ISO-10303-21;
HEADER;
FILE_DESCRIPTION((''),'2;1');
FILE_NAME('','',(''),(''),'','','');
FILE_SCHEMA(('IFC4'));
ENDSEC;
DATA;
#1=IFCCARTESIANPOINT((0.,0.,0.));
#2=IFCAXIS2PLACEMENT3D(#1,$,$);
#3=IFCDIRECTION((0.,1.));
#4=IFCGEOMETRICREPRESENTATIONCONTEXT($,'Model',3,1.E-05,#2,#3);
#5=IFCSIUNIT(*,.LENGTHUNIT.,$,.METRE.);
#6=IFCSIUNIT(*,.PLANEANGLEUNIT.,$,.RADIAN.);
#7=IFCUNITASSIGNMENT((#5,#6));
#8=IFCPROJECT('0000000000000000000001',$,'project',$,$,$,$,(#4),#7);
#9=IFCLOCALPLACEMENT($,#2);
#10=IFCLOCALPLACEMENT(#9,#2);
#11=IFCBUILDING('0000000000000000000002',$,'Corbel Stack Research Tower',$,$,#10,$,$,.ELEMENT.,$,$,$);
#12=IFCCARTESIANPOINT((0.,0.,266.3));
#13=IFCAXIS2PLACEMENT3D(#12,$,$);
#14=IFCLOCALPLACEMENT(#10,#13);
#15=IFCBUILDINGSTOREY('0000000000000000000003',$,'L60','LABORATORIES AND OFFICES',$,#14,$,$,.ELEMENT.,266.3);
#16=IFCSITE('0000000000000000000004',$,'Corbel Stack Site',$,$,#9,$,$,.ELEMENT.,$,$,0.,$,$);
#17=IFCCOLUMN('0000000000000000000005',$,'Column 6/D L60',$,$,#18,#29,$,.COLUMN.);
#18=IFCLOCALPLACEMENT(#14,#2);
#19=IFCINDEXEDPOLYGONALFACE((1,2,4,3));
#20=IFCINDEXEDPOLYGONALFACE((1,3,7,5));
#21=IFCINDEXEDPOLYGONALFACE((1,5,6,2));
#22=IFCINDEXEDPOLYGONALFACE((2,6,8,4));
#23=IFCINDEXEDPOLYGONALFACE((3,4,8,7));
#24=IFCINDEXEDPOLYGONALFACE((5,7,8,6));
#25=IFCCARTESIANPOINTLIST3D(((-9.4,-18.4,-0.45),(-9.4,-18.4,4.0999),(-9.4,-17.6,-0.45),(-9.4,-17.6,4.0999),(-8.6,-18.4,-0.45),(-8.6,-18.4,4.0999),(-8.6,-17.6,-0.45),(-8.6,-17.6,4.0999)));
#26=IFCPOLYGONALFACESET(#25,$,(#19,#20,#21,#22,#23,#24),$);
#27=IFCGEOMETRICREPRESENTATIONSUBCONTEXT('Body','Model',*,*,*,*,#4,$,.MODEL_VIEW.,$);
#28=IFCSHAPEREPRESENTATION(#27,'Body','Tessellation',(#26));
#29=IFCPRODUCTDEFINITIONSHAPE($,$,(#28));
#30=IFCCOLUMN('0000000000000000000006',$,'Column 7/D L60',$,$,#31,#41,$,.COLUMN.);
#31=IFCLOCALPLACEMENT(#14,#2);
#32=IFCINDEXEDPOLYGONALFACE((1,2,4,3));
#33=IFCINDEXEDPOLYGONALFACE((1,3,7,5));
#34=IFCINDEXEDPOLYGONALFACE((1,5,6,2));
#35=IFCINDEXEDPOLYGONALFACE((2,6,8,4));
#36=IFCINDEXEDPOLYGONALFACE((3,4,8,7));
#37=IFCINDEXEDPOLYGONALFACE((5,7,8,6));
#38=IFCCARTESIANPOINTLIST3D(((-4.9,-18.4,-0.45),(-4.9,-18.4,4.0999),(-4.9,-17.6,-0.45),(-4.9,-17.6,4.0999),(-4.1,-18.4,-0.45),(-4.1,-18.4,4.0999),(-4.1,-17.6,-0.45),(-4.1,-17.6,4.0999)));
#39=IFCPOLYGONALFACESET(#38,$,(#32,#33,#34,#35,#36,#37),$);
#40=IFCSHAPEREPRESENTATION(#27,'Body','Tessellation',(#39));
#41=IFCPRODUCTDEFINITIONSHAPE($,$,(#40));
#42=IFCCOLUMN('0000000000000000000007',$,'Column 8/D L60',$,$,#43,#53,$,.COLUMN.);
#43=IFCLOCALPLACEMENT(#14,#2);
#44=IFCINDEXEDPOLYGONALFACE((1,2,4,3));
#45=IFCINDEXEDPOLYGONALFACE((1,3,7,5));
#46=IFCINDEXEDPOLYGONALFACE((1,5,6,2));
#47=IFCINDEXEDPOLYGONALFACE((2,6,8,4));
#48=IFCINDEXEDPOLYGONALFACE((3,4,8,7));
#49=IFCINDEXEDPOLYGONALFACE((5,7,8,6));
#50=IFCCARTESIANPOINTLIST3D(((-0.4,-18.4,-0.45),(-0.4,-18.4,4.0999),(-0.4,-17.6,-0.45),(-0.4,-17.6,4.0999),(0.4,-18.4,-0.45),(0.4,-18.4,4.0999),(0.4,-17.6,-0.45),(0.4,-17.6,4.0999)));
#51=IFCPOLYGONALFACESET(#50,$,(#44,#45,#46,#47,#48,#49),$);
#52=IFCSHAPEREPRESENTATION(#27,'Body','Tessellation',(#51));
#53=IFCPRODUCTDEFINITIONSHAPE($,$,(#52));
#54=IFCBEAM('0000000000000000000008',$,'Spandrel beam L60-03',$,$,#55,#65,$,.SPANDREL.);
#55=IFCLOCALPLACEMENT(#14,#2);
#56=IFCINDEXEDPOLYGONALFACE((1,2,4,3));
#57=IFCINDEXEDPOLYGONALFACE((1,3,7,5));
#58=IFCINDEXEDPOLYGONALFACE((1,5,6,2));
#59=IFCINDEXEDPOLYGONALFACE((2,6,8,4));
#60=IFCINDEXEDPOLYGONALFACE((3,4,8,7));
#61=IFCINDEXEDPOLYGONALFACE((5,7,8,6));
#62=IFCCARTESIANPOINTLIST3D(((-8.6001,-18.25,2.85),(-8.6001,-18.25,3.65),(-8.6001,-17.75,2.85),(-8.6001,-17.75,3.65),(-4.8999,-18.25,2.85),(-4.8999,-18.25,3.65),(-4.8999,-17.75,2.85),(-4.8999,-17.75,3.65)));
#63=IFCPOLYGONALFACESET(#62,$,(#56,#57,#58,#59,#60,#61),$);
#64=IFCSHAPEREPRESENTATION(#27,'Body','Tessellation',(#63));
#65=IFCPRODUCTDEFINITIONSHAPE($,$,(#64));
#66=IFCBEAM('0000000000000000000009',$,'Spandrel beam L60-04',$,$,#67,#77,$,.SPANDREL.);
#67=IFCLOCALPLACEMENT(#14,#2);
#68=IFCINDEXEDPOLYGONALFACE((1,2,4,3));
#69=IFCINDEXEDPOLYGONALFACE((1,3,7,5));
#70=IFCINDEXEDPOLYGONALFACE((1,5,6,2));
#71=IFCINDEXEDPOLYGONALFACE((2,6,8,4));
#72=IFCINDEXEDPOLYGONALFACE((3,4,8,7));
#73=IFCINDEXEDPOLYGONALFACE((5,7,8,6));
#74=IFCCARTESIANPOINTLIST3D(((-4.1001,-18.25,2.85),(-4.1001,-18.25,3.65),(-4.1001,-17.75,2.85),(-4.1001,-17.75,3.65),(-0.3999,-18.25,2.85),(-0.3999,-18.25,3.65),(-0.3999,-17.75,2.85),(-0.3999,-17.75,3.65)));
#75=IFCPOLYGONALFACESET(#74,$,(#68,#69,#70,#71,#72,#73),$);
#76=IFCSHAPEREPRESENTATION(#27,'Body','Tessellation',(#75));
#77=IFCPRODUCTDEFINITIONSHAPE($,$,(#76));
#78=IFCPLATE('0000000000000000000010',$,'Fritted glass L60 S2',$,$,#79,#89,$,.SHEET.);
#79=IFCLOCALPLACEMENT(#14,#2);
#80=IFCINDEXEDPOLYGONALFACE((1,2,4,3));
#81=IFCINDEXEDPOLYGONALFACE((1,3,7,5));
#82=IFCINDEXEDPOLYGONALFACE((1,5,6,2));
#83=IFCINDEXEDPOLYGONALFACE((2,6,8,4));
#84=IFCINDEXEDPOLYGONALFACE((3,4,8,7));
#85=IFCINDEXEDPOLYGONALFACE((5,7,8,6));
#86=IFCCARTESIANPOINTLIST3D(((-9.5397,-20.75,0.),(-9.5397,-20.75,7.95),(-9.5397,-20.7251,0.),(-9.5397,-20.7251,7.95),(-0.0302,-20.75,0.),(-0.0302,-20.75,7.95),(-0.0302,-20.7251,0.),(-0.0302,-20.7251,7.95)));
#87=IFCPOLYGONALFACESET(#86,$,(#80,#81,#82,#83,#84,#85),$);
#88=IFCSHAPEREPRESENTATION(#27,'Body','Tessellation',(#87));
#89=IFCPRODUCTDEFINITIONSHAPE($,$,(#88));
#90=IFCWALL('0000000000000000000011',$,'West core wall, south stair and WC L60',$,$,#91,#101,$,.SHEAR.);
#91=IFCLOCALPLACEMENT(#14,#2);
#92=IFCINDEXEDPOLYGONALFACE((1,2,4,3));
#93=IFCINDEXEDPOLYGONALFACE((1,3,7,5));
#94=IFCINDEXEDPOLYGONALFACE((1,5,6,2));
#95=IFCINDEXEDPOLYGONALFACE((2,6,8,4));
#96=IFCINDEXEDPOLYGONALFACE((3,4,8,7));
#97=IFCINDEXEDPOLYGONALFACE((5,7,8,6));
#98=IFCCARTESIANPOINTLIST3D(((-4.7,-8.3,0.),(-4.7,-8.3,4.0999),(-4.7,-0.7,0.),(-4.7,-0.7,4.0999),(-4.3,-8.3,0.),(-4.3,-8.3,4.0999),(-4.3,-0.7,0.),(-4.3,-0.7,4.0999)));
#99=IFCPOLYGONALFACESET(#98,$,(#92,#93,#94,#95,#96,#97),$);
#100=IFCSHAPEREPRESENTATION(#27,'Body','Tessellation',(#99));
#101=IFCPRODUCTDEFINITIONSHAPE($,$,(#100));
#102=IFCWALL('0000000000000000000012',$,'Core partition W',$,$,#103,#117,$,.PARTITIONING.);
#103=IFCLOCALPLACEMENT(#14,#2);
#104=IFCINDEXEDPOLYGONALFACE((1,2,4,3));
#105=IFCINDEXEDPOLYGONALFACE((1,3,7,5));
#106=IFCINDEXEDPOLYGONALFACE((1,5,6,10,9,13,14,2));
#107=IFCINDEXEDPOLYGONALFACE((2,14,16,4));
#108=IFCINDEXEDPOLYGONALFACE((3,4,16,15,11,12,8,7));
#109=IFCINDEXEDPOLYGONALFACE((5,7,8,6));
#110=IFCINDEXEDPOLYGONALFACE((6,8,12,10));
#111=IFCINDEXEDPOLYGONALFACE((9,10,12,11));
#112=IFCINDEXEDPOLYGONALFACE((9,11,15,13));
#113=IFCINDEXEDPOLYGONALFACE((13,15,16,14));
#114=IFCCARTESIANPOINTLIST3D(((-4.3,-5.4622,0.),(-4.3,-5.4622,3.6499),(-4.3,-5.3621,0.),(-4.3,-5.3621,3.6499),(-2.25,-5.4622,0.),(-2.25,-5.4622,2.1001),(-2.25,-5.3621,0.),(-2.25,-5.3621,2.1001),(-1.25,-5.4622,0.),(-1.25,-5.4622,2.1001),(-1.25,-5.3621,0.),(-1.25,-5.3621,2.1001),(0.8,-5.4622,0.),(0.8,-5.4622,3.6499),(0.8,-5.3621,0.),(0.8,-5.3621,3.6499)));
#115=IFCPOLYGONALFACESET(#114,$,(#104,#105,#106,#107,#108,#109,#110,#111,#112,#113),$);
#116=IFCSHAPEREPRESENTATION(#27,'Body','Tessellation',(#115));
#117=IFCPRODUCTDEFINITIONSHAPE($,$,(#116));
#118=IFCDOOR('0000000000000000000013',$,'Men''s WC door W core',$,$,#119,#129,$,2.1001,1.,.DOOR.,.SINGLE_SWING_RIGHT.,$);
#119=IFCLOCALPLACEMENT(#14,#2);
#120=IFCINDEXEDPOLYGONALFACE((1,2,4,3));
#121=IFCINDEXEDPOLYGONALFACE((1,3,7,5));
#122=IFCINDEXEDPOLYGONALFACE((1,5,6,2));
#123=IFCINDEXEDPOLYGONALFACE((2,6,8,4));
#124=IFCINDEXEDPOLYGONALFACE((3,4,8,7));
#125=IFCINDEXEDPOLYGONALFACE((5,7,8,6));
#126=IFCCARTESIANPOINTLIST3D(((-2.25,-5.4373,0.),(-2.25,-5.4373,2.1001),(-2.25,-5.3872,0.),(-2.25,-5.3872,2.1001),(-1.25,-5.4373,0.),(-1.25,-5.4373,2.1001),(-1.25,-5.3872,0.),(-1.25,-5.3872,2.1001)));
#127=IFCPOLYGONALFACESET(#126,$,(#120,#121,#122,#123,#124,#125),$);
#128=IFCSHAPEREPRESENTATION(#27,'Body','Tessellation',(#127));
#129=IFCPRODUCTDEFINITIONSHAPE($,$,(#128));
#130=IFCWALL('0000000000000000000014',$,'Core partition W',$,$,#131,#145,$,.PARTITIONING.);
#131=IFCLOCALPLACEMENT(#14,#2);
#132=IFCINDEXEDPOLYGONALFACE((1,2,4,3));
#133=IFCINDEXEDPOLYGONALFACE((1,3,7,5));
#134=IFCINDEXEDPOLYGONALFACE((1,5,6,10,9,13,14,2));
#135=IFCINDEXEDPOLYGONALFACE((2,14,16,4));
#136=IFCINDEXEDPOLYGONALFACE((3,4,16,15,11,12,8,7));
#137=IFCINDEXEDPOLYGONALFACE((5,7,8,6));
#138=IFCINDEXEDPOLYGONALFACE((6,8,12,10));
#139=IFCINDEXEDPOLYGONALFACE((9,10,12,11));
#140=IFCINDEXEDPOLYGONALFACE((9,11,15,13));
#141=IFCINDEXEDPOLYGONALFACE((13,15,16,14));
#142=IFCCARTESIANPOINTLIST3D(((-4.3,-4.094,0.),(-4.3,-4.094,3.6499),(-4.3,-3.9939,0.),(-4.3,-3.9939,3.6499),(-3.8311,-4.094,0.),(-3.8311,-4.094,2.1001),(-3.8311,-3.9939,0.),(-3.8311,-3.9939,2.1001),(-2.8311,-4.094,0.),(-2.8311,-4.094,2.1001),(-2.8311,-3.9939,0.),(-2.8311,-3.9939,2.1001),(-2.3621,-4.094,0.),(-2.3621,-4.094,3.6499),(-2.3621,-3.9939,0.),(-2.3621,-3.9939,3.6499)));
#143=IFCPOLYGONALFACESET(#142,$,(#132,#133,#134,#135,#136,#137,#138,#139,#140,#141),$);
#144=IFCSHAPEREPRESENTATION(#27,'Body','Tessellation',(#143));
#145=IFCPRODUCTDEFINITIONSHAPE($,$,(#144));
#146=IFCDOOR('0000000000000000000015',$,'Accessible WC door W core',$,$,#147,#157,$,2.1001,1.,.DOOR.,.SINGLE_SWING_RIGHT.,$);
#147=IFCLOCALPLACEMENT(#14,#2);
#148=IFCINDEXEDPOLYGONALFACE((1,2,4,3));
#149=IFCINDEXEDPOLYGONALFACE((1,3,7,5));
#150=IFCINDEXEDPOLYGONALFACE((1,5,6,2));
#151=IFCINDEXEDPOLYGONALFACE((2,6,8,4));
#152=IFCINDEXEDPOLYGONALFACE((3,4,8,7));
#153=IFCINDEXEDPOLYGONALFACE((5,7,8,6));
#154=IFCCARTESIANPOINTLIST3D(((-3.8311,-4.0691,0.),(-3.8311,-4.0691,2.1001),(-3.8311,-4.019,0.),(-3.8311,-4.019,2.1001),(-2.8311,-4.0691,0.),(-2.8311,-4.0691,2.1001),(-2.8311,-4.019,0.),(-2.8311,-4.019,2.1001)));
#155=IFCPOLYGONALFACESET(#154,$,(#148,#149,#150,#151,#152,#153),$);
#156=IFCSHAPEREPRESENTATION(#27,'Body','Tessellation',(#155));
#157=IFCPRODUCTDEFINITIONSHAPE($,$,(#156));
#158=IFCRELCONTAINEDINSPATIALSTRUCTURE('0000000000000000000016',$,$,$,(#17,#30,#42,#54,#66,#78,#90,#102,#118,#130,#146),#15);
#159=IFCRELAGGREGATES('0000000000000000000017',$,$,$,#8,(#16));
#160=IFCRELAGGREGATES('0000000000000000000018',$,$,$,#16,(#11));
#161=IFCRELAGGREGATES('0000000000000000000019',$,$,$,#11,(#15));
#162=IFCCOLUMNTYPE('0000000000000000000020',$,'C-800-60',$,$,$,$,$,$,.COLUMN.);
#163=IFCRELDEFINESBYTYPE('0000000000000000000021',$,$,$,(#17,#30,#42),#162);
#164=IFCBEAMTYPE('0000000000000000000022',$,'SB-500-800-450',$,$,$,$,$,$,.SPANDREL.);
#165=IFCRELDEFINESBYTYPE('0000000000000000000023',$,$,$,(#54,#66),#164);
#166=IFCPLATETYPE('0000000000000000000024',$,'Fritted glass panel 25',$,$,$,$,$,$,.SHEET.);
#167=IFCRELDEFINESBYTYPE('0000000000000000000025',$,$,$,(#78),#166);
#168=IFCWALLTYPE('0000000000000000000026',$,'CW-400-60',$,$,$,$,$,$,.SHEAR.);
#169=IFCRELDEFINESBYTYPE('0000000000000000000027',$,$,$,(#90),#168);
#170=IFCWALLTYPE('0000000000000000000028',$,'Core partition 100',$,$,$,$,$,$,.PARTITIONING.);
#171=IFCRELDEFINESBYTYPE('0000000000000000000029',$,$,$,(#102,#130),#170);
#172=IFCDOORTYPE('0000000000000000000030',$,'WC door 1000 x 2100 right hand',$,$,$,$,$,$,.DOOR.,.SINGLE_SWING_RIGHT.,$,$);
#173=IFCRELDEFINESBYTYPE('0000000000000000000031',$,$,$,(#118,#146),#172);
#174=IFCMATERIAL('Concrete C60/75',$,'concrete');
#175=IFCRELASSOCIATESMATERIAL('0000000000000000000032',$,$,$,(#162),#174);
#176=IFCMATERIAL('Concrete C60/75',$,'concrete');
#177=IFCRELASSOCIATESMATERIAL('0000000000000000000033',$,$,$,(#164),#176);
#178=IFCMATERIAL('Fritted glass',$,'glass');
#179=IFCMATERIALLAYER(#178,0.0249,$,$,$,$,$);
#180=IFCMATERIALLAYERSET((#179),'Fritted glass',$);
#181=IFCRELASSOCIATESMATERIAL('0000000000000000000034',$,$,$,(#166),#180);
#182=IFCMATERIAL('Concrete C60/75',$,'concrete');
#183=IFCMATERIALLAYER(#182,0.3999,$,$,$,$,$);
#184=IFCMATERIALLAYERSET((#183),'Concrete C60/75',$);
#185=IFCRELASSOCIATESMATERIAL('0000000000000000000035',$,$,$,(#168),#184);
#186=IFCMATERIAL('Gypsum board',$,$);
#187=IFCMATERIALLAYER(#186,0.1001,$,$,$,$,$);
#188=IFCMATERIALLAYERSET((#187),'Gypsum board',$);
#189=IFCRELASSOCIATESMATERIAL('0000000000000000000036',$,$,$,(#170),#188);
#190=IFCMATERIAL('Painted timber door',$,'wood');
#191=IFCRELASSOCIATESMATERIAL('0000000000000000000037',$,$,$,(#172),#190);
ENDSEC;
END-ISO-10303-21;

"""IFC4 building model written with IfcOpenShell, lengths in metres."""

from ifc_helpers import new_model, si_unit, direction, frame, frame_2d, origin, origin_2d, place, context, subcontext, project, spatial, rectangle, extrude, material, layer, layer_set, material_profile, profile_set, type_object, element, fill, save


model = new_model("IFC4")

# Units and contexts
model_context = context("Model", 3, precision=1e-05, world=origin(), true_north=direction((0.0, 1.0)))
body_context = subcontext(model_context, "Body", "Model", "MODEL_VIEW")
ifc_project = project(units=[si_unit("LENGTHUNIT", "METRE"), si_unit("PLANEANGLEUNIT", "RADIAN")], contexts=[model_context])

# Site, building, storey
site_placement = place(None, origin())
site = spatial("IfcSite", under=ifc_project, at=site_placement, Name="Corbel Stack Site", CompositionType="ELEMENT", RefElevation=0.0)
building_placement = place(site_placement, origin())
building = spatial("IfcBuilding", under=site, at=building_placement, Name="Corbel Stack Research Tower", CompositionType="ELEMENT")
storey_placement = place(building_placement, frame((0.0, 0.0, 266.3)))
storey = spatial("IfcBuildingStorey", under=building, at=storey_placement, Name="L60", Description="LABORATORIES AND OFFICES", CompositionType="ELEMENT", Elevation=266.3)

# Columns
ifc_material_1 = material(Name="Concrete C60/75", Category="concrete")
ifc_material_profile_1 = material_profile(ifc_material_1, rectangle(XDim=0.8, YDim=0.8, at=origin_2d()), Name="RC 800 x 800")
ifc_profile_set_1 = profile_set([ifc_material_profile_1], Name="Concrete C60/75")
column_type = type_object("IfcColumnType", Name="C-800-60", PredefinedType="COLUMN", material=ifc_profile_set_1)
for number, where, z_axis, x_axis, name in (
    (1, (-9.0, -18.0, -0.45), (0.0, 0.0, 1.0), (1.0, 0.0, 0.0), "Column 6/D L60"),
    (2, (-4.5, -18.0, -0.45), (0.0, 0.0, 1.0), (1.0, 0.0, 0.0), "Column 7/D L60"),
    (3, (0.0, -18.0, -0.45), (0.0, 0.0, 1.0), (1.0, 0.0, 0.0), "Column 8/D L60"),
):
    element("IfcColumn", number, at=place(storey_placement, frame(where, z_axis=z_axis, x_axis=x_axis)), inside=storey, type_object=column_type, Name=name, PredefinedType="COLUMN", context=body_context, shape_type="SweptSolid", body=[
        extrude(rectangle(XDim=0.8, YDim=0.8, at=origin_2d()), origin(), (0.0, 0.0, 1.0), 4.5498),
    ])

# Beams
ifc_material_2 = material(Name="Concrete C60/75", Category="concrete")
ifc_material_profile_2 = material_profile(ifc_material_2, rectangle(XDim=0.5, YDim=0.8, at=origin_2d()), Name="RC 500 x 800")
ifc_profile_set_2 = profile_set([ifc_material_profile_2], Name="Concrete C60/75")
beam_type = type_object("IfcBeamType", Name="SB-500-800-450", PredefinedType="SPANDREL", material=ifc_profile_set_2)
for number, where, z_axis, x_axis, name in (
    (4, (-8.6001, -18.0, 3.25), (1.0, 0.0, 0.0), (0.0, 1.0, 0.0), "Spandrel beam L60-03"),
    (5, (-4.1001, -18.0, 3.25), (1.0, 0.0, 0.0), (0.0, 1.0, 0.0), "Spandrel beam L60-04"),
):
    element("IfcBeam", number, at=place(storey_placement, frame(where, z_axis=z_axis, x_axis=x_axis)), inside=storey, type_object=beam_type, Name=name, PredefinedType="SPANDREL", context=body_context, shape_type="SweptSolid", body=[
        extrude(rectangle(XDim=0.5, YDim=0.8, at=origin_2d()), origin(), (0.0, 0.0, 1.0), 3.7002),
    ])

# Plate
ifc_material_3 = material(Name="Fritted glass", Category="glass")
ifc_layer_1 = layer(ifc_material_3, 0.0249)
ifc_layer_set_1 = layer_set([ifc_layer_1], Name="Fritted glass")
plate_type = type_object("IfcPlateType", Name="Fritted glass panel 25", PredefinedType="SHEET", material=ifc_layer_set_1)
plate_placement = place(storey_placement, frame((-4.7849, -20.7375, 0.0), z_axis=(0.0, 0.0, 1.0), x_axis=(1.0, 0.0, 0.0)))
element("IfcPlate", 6, at=plate_placement, inside=storey, type_object=plate_type, Name="Fritted glass L60 S2", PredefinedType="SHEET", context=body_context, shape_type="SweptSolid", body=[
    extrude(rectangle(XDim=9.5095, YDim=0.0249, at=origin_2d()), origin(), (0.0, 0.0, 1.0), 7.95),
])

# Wall
ifc_material_4 = material(Name="Concrete C60/75", Category="concrete")
ifc_layer_2 = layer(ifc_material_4, 0.3999)
ifc_layer_set_2 = layer_set([ifc_layer_2], Name="Concrete C60/75")
wall_type_1 = type_object("IfcWallType", Name="CW-400-60", PredefinedType="SHEAR", material=ifc_layer_set_2)
wall_1_placement = place(storey_placement, frame((-4.5, -8.3, 0.0), z_axis=(0.0, 0.0, 1.0), x_axis=(0.0, 1.0, 0.0)))
element("IfcWall", 7, at=wall_1_placement, inside=storey, type_object=wall_type_1, Name="West core wall, south stair and WC L60", PredefinedType="SHEAR", context=body_context, shape_type="SweptSolid", body=[
    extrude(rectangle(XDim=7.6001, YDim=0.3999, at=frame_2d((3.8, 0.0))), origin(), (0.0, 0.0, 1.0), 4.0999),
])

# Walls, openings, doors
ifc_material_5 = material(Name="Gypsum board")
ifc_layer_3 = layer(ifc_material_5, 0.1001)
ifc_layer_set_3 = layer_set([ifc_layer_3], Name="Gypsum board")
wall_type_2 = type_object("IfcWallType", Name="Core partition 100", PredefinedType="PARTITIONING", material=ifc_layer_set_3)
wall_2_placement = place(storey_placement, frame((-4.3, -5.4121, 0.0), z_axis=(0.0, 0.0, 1.0), x_axis=(1.0, 0.0, 0.0)))
wall_2 = element("IfcWall", 8, at=wall_2_placement, inside=storey, type_object=wall_type_2, Name="Core partition W", PredefinedType="PARTITIONING", context=body_context, shape_type="SweptSolid", body=[
    extrude(rectangle(XDim=5.1001, YDim=0.1001, at=frame_2d((2.55, 0.0))), origin(), (0.0, 0.0, 1.0), 3.6499),
])
opening_1_placement = place(wall_2_placement, frame((2.05, 0.0, 0.0)))
opening_1 = element("IfcOpeningElement", 9, at=opening_1_placement, cuts=wall_2, PredefinedType="OPENING", context=body_context, shape_type="SweptSolid", body=[
    extrude(rectangle(XDim=1.0, YDim=2.1001, at=frame_2d((0.5, 1.05))), frame((0.0, 0.0601, 0.0), z_axis=(0.0, -1.0, 0.0), x_axis=(1.0, 0.0, 0.0)), (0.0, 0.0, 1.0), 0.1201),
])
ifc_material_6 = material(Name="Painted timber door", Category="wood")
door_type_1 = type_object("IfcDoorType", Name="WC door 1000 x 2100 right hand", OperationType="SINGLE_SWING_RIGHT", PredefinedType="DOOR", material=ifc_material_6)
door_1_placement = place(opening_1_placement, origin())
door_1 = element("IfcDoor", 10, at=door_1_placement, inside=storey, type_object=door_type_1, Name="Men's WC door W core", OperationType="SINGLE_SWING_RIGHT", OverallHeight=2.1001, OverallWidth=1.0, PredefinedType="DOOR", context=body_context, shape_type="SweptSolid", body=[
    extrude(rectangle(XDim=1.0, YDim=2.1001, at=frame_2d((0.5, 1.05))), frame((0.0, 0.0249, 0.0), z_axis=(0.0, -1.0, 0.0), x_axis=(1.0, 0.0, 0.0)), (0.0, 0.0, 1.0), 0.05),
])
fill(opening_1, door_1)
wall_3_placement = place(storey_placement, frame((-4.3, -4.0439, 0.0), z_axis=(0.0, 0.0, 1.0), x_axis=(1.0, 0.0, 0.0)))
wall_3 = element("IfcWall", 11, at=wall_3_placement, inside=storey, type_object=wall_type_2, Name="Core partition W", PredefinedType="PARTITIONING", context=body_context, shape_type="SweptSolid", body=[
    extrude(rectangle(XDim=1.938, YDim=0.1001, at=frame_2d((0.969, 0.0))), origin(), (0.0, 0.0, 1.0), 3.6499),
])
opening_2_placement = place(wall_3_placement, frame((0.469, 0.0, 0.0)))
opening_2 = element("IfcOpeningElement", 12, at=opening_2_placement, cuts=wall_3, PredefinedType="OPENING", context=body_context, shape_type="SweptSolid", body=[
    extrude(rectangle(XDim=1.0, YDim=2.1001, at=frame_2d((0.5, 1.05))), frame((0.0, 0.0601, 0.0), z_axis=(0.0, -1.0, 0.0), x_axis=(1.0, 0.0, 0.0)), (0.0, 0.0, 1.0), 0.1201),
])
door_2_placement = place(opening_2_placement, origin())
door_2 = element("IfcDoor", 13, at=door_2_placement, inside=storey, type_object=door_type_1, Name="Accessible WC door W core", OperationType="SINGLE_SWING_RIGHT", OverallHeight=2.1001, OverallWidth=1.0, PredefinedType="DOOR", context=body_context, shape_type="SweptSolid", body=[
    extrude(rectangle(XDim=1.0, YDim=2.1001, at=frame_2d((0.5, 1.05))), frame((0.0, 0.0249, 0.0), z_axis=(0.0, -1.0, 0.0), x_axis=(1.0, 0.0, 0.0)), (0.0, 0.0, 1.0), 0.05),
])
fill(opening_2, door_2)

save(model, "model.ifc")
